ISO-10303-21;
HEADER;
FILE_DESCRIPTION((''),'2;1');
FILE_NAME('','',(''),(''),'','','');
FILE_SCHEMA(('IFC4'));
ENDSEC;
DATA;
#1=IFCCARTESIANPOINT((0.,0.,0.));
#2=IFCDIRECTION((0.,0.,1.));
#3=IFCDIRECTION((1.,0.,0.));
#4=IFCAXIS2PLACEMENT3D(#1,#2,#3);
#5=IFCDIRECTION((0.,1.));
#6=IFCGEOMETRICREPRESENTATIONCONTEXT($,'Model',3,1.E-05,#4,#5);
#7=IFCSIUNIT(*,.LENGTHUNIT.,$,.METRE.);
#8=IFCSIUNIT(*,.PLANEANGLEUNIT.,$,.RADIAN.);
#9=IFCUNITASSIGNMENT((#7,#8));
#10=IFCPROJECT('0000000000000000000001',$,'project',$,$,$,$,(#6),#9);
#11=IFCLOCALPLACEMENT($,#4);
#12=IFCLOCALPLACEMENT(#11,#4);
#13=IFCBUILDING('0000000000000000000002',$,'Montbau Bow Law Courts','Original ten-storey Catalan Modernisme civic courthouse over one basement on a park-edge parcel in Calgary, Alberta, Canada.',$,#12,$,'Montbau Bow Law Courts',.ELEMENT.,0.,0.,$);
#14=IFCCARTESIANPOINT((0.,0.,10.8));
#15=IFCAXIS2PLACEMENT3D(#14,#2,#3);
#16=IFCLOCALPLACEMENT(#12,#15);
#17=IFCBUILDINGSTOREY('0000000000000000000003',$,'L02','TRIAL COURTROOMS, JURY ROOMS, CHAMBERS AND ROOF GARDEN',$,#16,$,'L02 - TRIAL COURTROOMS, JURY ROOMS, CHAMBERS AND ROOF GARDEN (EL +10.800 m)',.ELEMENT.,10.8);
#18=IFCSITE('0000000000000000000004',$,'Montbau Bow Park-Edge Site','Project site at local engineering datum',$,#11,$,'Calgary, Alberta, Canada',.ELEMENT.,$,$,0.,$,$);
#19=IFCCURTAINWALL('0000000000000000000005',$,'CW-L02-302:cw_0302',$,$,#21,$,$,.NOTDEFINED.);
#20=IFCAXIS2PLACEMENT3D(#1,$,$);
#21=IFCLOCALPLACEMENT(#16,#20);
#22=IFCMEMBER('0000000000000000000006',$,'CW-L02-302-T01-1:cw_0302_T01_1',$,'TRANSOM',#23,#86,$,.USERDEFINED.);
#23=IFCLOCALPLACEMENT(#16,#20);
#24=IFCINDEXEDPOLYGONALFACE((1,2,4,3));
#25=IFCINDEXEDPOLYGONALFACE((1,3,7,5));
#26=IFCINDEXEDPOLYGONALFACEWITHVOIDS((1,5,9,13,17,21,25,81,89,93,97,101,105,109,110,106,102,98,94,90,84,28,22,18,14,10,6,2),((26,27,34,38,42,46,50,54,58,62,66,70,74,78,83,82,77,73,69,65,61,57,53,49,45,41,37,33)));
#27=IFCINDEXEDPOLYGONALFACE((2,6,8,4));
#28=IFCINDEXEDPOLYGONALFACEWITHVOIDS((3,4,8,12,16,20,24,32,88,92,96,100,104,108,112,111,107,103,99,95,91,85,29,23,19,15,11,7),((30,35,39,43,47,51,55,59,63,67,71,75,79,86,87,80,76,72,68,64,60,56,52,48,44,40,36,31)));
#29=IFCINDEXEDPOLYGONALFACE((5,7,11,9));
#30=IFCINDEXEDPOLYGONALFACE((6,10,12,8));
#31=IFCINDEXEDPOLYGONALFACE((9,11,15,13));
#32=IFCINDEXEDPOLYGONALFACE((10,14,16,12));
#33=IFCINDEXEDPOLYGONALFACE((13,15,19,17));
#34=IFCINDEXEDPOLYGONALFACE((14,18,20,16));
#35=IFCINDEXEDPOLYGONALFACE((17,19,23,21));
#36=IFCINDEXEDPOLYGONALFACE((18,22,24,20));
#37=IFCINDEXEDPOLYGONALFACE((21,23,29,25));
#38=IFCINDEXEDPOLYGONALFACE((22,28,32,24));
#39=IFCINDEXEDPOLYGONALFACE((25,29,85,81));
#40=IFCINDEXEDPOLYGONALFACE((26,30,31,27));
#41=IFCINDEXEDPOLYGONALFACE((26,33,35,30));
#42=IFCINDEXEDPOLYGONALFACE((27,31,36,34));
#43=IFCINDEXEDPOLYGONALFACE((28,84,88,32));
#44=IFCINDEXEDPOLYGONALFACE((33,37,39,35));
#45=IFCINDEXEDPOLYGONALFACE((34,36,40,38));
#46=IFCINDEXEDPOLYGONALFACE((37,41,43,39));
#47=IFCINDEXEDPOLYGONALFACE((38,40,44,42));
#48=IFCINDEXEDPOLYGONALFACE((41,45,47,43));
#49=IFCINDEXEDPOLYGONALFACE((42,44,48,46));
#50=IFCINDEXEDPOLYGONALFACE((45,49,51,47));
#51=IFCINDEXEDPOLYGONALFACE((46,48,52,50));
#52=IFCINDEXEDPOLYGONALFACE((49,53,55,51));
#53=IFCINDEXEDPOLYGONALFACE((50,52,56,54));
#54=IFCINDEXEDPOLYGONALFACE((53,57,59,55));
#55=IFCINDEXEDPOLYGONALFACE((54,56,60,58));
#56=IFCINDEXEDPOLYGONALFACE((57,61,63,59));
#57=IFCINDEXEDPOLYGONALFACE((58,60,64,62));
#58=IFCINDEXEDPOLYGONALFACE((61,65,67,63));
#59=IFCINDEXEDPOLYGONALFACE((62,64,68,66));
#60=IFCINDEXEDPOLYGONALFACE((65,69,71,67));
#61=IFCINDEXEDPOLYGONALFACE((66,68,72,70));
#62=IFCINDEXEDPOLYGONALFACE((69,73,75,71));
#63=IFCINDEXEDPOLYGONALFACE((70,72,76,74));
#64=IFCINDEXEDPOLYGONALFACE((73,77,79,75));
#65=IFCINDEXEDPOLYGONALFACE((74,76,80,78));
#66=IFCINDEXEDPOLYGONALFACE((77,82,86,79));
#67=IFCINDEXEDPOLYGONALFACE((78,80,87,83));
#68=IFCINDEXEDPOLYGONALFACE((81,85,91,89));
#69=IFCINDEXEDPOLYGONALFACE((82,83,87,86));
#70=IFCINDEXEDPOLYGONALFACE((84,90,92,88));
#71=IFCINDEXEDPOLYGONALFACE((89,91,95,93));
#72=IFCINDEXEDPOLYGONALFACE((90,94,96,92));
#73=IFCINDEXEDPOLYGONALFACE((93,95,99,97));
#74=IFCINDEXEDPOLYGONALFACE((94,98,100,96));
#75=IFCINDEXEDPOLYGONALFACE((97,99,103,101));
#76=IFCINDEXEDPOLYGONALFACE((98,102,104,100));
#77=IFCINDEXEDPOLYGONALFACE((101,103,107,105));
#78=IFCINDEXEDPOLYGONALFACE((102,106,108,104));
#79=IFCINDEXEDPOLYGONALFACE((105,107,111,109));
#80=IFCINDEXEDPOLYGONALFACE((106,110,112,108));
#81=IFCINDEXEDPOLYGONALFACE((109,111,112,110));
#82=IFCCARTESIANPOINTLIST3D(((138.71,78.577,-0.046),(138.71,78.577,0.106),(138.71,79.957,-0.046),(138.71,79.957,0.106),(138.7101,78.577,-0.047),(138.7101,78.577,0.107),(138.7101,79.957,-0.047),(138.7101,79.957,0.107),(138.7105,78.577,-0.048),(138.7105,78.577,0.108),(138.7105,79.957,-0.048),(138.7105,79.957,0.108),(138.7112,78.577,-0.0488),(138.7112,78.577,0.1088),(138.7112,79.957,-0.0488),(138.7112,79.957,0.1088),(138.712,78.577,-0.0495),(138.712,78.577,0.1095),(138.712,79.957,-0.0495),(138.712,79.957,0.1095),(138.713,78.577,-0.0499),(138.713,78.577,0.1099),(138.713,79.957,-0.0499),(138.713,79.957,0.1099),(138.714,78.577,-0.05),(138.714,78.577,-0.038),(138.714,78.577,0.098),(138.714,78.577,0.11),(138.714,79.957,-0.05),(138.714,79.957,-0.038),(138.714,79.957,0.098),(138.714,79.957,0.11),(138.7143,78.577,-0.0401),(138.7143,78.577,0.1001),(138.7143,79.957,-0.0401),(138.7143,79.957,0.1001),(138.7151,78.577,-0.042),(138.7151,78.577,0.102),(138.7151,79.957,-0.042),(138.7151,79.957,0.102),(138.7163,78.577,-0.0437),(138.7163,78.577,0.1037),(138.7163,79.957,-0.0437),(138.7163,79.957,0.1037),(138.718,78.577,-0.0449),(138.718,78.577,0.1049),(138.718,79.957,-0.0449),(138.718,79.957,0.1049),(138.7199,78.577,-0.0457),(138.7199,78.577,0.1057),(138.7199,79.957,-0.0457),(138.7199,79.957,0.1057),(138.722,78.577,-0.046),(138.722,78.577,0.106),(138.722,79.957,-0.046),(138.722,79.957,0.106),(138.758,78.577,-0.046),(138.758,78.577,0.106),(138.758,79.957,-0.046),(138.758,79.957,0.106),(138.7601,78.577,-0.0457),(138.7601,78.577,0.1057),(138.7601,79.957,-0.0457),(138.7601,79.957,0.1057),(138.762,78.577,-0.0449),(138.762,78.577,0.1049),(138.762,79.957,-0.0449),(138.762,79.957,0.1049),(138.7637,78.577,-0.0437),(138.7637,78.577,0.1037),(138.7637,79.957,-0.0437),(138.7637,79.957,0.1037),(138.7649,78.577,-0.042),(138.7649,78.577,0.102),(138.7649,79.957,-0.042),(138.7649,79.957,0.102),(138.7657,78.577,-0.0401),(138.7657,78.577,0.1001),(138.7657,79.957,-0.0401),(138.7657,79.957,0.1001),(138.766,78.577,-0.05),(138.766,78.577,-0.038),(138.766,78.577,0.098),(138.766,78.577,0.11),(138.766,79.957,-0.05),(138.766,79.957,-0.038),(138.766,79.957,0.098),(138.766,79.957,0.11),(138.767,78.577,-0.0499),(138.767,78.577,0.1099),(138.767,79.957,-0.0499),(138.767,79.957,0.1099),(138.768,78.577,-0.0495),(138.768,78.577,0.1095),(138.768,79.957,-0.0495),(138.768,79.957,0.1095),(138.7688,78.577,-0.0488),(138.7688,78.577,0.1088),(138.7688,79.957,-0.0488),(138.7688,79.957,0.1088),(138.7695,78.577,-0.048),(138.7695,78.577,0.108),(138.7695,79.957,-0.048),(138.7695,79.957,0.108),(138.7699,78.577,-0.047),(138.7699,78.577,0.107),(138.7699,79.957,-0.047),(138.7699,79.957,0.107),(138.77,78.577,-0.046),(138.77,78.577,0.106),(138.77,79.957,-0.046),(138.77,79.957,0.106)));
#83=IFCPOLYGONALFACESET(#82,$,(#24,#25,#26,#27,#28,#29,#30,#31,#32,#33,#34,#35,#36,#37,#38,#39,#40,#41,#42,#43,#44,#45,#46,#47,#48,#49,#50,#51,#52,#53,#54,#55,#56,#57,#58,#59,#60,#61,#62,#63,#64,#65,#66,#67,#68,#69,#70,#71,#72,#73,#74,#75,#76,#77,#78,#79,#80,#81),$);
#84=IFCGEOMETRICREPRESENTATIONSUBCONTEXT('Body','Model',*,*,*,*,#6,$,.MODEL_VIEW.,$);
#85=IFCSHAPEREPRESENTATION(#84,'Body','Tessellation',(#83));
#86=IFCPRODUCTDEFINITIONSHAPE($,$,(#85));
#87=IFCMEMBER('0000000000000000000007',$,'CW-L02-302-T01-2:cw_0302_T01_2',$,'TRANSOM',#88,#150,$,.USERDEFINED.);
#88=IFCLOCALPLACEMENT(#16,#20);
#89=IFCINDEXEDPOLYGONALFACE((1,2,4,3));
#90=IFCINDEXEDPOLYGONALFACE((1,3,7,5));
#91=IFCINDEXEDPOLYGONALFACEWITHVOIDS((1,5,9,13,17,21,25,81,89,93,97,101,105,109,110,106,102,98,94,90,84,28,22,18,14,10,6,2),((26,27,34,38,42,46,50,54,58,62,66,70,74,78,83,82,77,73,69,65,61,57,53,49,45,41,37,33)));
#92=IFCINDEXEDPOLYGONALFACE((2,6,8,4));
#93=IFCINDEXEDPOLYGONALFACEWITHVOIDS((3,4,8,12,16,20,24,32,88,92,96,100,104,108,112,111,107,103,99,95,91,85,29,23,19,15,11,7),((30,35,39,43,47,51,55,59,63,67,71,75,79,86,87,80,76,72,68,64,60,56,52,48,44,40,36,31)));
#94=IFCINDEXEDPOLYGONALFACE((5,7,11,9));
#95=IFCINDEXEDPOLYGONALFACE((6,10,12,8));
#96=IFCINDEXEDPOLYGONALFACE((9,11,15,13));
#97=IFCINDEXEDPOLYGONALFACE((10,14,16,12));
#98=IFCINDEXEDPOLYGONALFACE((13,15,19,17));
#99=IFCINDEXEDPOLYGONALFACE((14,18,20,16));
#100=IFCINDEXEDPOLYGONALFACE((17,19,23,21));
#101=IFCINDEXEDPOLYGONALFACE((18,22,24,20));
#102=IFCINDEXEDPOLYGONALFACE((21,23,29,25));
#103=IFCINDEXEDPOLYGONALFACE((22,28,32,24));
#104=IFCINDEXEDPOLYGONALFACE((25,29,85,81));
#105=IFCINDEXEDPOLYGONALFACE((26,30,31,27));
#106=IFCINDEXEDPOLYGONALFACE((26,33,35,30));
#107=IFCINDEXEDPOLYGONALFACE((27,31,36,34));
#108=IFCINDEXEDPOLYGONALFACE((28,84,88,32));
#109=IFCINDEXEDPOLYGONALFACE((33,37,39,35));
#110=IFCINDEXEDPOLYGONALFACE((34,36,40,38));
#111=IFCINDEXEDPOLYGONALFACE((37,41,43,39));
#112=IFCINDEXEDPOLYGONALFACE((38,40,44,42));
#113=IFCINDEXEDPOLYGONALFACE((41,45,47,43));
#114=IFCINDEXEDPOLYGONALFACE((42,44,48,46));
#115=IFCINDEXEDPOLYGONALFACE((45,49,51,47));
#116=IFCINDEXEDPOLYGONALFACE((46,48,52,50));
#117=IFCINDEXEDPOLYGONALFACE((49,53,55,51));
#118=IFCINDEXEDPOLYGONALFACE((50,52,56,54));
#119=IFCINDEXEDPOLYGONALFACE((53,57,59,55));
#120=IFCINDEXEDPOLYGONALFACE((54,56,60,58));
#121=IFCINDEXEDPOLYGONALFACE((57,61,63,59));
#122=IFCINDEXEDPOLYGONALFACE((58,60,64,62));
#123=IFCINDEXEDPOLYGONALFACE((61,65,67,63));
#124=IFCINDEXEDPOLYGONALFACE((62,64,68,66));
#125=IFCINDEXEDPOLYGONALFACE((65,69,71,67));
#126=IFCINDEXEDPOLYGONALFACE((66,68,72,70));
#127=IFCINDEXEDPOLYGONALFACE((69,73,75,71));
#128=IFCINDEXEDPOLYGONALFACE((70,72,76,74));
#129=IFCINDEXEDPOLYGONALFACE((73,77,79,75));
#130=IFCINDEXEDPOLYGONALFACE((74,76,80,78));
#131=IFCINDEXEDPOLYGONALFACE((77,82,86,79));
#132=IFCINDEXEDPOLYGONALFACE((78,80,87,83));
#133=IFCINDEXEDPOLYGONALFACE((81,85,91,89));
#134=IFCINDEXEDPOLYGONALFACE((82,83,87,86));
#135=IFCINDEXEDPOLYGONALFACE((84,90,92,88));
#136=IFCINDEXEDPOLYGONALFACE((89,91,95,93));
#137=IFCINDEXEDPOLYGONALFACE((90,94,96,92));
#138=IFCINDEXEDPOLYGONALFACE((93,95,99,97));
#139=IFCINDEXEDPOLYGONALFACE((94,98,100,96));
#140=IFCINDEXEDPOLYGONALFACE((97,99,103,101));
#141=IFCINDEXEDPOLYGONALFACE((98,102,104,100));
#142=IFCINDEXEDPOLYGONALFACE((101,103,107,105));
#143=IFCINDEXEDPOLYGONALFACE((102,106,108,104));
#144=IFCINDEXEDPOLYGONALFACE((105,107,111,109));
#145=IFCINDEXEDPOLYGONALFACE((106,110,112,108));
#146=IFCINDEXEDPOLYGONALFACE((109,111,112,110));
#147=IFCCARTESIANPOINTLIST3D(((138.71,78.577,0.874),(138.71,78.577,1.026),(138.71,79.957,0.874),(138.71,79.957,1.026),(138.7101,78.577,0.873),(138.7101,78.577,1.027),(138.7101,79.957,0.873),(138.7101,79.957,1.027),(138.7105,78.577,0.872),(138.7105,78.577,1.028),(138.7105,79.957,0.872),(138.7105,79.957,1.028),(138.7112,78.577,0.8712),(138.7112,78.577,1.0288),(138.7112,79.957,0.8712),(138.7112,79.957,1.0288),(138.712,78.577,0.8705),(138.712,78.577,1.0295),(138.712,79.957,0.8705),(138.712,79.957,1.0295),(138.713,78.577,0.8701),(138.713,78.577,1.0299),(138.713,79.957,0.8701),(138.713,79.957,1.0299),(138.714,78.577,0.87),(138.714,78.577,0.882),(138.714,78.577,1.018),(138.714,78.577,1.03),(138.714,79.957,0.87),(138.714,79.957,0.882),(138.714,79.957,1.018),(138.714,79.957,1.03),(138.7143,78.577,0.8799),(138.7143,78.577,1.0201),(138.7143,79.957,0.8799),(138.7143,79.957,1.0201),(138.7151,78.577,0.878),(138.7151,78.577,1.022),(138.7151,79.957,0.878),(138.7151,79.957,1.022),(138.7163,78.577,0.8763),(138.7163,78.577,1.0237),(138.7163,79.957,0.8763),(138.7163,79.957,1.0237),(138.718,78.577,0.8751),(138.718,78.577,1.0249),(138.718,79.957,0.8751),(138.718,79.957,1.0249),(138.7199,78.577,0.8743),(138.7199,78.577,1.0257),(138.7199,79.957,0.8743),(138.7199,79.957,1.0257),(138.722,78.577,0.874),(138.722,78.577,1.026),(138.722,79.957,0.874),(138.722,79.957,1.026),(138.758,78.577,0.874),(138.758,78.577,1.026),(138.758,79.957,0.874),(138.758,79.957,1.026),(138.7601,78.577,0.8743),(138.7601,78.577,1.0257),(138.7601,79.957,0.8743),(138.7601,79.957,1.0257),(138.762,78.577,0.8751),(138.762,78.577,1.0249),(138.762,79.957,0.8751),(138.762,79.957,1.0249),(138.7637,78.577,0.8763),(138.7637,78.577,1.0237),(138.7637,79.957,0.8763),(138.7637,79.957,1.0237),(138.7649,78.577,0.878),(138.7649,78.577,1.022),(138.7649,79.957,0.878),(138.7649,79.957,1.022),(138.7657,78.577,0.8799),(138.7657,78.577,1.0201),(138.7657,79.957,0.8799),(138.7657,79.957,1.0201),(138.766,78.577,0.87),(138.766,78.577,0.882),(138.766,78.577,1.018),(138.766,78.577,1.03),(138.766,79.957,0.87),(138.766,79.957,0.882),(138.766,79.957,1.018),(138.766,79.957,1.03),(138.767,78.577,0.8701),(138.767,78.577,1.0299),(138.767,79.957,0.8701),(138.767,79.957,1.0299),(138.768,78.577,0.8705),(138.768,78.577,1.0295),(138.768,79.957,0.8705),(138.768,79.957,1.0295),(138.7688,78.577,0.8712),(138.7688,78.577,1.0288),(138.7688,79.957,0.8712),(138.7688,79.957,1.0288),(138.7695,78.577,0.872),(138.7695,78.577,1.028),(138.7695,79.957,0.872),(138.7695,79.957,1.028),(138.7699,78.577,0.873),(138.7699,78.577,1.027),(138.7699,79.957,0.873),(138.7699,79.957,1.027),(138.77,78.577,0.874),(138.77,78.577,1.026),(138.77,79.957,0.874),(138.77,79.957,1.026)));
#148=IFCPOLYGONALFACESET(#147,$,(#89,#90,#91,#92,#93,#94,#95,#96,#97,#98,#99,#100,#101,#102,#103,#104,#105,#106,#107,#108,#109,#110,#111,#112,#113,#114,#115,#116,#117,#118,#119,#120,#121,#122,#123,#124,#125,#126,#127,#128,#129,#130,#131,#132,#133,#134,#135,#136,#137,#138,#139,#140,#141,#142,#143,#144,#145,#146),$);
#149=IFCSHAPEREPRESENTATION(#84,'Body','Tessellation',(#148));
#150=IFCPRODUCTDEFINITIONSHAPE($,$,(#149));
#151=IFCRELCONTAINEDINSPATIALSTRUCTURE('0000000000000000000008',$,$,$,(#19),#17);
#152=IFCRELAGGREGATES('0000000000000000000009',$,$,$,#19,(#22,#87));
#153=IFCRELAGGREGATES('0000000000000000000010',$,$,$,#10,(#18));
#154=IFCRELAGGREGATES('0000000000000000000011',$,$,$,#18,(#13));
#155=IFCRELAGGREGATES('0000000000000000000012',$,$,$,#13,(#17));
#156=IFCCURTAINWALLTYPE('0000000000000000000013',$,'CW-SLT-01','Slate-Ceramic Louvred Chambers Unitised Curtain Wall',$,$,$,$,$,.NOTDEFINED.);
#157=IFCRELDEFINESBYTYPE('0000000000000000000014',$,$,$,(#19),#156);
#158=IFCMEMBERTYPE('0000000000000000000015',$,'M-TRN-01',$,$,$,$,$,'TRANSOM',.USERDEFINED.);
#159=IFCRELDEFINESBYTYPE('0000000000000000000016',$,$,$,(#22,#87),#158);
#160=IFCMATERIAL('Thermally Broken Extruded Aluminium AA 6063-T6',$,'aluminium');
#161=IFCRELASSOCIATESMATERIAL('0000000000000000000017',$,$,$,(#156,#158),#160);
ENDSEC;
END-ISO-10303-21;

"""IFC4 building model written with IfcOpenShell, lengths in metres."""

from ifc_helpers import new_model, si_unit, direction, frame, origin_with_axes, origin_2d_with_axis, place, context, subcontext, project, spatial, hollow_rectangle, extrude, material, material_profile, profile_set, type_object, element, aggregate, save


model = new_model("IFC4")

# Units and contexts
model_context = context("Model", 3, precision=1e-05, world=origin_with_axes(), true_north=direction((0.0, 1.0)))
body_context = subcontext(model_context, "Body", "Model", "MODEL_VIEW")
ifc_project = project(units=[si_unit("LENGTHUNIT", "METRE"), si_unit("PLANEANGLEUNIT", "RADIAN")], contexts=[model_context])

# Site, building, storey
site_placement = place(None, origin_with_axes())
site = spatial("IfcSite", under=ifc_project, at=site_placement, Name="Montbau Bow Park-Edge Site", Description="Project site at local engineering datum", LongName="Calgary, Alberta, Canada", CompositionType="ELEMENT", RefElevation=0.0)
building_placement = place(site_placement, origin_with_axes())
building = spatial("IfcBuilding", under=site, at=building_placement, Name="Montbau Bow Law Courts", Description="Original ten-storey Catalan Modernisme civic courthouse over one basement on a park-edge parcel in Calgary, Alberta, Canada.", LongName="Montbau Bow Law Courts", CompositionType="ELEMENT", ElevationOfRefHeight=0.0, ElevationOfTerrain=0.0)
storey_placement = place(building_placement, frame((0.0, 0.0, 10.8), z_axis=(0.0, 0.0, 1.0), x_axis=(1.0, 0.0, 0.0)))
storey = spatial("IfcBuildingStorey", under=building, at=storey_placement, Name="L02", Description="TRIAL COURTROOMS, JURY ROOMS, CHAMBERS AND ROOF GARDEN", LongName="L02 - TRIAL COURTROOMS, JURY ROOMS, CHAMBERS AND ROOF GARDEN (EL +10.800 m)", CompositionType="ELEMENT", Elevation=10.8)

# Curtain wall, members
ifc_material_1 = material(Name="Thermally Broken Extruded Aluminium AA 6063-T6", Category="aluminium")
curtain_wall_type = type_object("IfcCurtainWallType", Name="CW-SLT-01", Description="Slate-Ceramic Louvred Chambers Unitised Curtain Wall", PredefinedType="NOTDEFINED", material=ifc_material_1)
curtain_wall_1_placement = place(None, frame((138.74, 78.515, 10.8), z_axis=(0.0, 0.0, 1.0), x_axis=(1.0, 0.0, 0.0)))
curtain_wall_1 = element("IfcCurtainWall", 1, at=curtain_wall_1_placement, inside=storey, type_object=curtain_wall_type, Name="CW-L02-302:cw_0302", PredefinedType="NOTDEFINED")
ifc_material_profile_1 = material_profile(ifc_material_1, hollow_rectangle(XDim=0.06, YDim=0.16, WallThickness=0.004, InnerFilletRadius=0.008, OuterFilletRadius=0.004, at=origin_2d_with_axis()), Name="CWT-160X60", Category="Main", Priority=0)
ifc_profile_set_1 = profile_set([ifc_material_profile_1], Name="Thermally Broken Extruded Aluminium AA 6063-T6")
member_type_1 = type_object("IfcMemberType", Name="M-TRN-01", ElementType="TRANSOM", PredefinedType="USERDEFINED", material=ifc_profile_set_1)
member_1_placement = place(None, frame((138.74, 78.577, 10.83), z_axis=(0.0, 1.0, 0.0), x_axis=(-1.0, 0.0, 0.0)))
member_1 = element("IfcMember", 2, at=member_1_placement, type_object=member_type_1, Name="CW-L02-302-T01-1:cw_0302_T01_1", ObjectType="TRANSOM", PredefinedType="USERDEFINED", context=body_context, shape_type="SweptSolid", body=[
    extrude(hollow_rectangle(XDim=0.06, YDim=0.16, WallThickness=0.004, InnerFilletRadius=0.008, OuterFilletRadius=0.004, at=origin_2d_with_axis()), origin_with_axes(), (0.0, 0.0, 1.0), 1.38),
])
member_2_placement = place(None, frame((138.74, 78.577, 11.75), z_axis=(0.0, 1.0, 0.0), x_axis=(-1.0, 0.0, 0.0)))
member_2 = element("IfcMember", 3, at=member_2_placement, type_object=member_type_1, Name="CW-L02-302-T01-2:cw_0302_T01_2", ObjectType="TRANSOM", PredefinedType="USERDEFINED", context=body_context, shape_type="SweptSolid", body=[
    extrude(hollow_rectangle(XDim=0.06, YDim=0.16, WallThickness=0.004, InnerFilletRadius=0.008, OuterFilletRadius=0.004, at=origin_2d_with_axis()), origin_with_axes(), (0.0, 0.0, 1.0), 1.38),
])

aggregate(curtain_wall_1, [member_1, member_2])

save(model, "model.ifc")
